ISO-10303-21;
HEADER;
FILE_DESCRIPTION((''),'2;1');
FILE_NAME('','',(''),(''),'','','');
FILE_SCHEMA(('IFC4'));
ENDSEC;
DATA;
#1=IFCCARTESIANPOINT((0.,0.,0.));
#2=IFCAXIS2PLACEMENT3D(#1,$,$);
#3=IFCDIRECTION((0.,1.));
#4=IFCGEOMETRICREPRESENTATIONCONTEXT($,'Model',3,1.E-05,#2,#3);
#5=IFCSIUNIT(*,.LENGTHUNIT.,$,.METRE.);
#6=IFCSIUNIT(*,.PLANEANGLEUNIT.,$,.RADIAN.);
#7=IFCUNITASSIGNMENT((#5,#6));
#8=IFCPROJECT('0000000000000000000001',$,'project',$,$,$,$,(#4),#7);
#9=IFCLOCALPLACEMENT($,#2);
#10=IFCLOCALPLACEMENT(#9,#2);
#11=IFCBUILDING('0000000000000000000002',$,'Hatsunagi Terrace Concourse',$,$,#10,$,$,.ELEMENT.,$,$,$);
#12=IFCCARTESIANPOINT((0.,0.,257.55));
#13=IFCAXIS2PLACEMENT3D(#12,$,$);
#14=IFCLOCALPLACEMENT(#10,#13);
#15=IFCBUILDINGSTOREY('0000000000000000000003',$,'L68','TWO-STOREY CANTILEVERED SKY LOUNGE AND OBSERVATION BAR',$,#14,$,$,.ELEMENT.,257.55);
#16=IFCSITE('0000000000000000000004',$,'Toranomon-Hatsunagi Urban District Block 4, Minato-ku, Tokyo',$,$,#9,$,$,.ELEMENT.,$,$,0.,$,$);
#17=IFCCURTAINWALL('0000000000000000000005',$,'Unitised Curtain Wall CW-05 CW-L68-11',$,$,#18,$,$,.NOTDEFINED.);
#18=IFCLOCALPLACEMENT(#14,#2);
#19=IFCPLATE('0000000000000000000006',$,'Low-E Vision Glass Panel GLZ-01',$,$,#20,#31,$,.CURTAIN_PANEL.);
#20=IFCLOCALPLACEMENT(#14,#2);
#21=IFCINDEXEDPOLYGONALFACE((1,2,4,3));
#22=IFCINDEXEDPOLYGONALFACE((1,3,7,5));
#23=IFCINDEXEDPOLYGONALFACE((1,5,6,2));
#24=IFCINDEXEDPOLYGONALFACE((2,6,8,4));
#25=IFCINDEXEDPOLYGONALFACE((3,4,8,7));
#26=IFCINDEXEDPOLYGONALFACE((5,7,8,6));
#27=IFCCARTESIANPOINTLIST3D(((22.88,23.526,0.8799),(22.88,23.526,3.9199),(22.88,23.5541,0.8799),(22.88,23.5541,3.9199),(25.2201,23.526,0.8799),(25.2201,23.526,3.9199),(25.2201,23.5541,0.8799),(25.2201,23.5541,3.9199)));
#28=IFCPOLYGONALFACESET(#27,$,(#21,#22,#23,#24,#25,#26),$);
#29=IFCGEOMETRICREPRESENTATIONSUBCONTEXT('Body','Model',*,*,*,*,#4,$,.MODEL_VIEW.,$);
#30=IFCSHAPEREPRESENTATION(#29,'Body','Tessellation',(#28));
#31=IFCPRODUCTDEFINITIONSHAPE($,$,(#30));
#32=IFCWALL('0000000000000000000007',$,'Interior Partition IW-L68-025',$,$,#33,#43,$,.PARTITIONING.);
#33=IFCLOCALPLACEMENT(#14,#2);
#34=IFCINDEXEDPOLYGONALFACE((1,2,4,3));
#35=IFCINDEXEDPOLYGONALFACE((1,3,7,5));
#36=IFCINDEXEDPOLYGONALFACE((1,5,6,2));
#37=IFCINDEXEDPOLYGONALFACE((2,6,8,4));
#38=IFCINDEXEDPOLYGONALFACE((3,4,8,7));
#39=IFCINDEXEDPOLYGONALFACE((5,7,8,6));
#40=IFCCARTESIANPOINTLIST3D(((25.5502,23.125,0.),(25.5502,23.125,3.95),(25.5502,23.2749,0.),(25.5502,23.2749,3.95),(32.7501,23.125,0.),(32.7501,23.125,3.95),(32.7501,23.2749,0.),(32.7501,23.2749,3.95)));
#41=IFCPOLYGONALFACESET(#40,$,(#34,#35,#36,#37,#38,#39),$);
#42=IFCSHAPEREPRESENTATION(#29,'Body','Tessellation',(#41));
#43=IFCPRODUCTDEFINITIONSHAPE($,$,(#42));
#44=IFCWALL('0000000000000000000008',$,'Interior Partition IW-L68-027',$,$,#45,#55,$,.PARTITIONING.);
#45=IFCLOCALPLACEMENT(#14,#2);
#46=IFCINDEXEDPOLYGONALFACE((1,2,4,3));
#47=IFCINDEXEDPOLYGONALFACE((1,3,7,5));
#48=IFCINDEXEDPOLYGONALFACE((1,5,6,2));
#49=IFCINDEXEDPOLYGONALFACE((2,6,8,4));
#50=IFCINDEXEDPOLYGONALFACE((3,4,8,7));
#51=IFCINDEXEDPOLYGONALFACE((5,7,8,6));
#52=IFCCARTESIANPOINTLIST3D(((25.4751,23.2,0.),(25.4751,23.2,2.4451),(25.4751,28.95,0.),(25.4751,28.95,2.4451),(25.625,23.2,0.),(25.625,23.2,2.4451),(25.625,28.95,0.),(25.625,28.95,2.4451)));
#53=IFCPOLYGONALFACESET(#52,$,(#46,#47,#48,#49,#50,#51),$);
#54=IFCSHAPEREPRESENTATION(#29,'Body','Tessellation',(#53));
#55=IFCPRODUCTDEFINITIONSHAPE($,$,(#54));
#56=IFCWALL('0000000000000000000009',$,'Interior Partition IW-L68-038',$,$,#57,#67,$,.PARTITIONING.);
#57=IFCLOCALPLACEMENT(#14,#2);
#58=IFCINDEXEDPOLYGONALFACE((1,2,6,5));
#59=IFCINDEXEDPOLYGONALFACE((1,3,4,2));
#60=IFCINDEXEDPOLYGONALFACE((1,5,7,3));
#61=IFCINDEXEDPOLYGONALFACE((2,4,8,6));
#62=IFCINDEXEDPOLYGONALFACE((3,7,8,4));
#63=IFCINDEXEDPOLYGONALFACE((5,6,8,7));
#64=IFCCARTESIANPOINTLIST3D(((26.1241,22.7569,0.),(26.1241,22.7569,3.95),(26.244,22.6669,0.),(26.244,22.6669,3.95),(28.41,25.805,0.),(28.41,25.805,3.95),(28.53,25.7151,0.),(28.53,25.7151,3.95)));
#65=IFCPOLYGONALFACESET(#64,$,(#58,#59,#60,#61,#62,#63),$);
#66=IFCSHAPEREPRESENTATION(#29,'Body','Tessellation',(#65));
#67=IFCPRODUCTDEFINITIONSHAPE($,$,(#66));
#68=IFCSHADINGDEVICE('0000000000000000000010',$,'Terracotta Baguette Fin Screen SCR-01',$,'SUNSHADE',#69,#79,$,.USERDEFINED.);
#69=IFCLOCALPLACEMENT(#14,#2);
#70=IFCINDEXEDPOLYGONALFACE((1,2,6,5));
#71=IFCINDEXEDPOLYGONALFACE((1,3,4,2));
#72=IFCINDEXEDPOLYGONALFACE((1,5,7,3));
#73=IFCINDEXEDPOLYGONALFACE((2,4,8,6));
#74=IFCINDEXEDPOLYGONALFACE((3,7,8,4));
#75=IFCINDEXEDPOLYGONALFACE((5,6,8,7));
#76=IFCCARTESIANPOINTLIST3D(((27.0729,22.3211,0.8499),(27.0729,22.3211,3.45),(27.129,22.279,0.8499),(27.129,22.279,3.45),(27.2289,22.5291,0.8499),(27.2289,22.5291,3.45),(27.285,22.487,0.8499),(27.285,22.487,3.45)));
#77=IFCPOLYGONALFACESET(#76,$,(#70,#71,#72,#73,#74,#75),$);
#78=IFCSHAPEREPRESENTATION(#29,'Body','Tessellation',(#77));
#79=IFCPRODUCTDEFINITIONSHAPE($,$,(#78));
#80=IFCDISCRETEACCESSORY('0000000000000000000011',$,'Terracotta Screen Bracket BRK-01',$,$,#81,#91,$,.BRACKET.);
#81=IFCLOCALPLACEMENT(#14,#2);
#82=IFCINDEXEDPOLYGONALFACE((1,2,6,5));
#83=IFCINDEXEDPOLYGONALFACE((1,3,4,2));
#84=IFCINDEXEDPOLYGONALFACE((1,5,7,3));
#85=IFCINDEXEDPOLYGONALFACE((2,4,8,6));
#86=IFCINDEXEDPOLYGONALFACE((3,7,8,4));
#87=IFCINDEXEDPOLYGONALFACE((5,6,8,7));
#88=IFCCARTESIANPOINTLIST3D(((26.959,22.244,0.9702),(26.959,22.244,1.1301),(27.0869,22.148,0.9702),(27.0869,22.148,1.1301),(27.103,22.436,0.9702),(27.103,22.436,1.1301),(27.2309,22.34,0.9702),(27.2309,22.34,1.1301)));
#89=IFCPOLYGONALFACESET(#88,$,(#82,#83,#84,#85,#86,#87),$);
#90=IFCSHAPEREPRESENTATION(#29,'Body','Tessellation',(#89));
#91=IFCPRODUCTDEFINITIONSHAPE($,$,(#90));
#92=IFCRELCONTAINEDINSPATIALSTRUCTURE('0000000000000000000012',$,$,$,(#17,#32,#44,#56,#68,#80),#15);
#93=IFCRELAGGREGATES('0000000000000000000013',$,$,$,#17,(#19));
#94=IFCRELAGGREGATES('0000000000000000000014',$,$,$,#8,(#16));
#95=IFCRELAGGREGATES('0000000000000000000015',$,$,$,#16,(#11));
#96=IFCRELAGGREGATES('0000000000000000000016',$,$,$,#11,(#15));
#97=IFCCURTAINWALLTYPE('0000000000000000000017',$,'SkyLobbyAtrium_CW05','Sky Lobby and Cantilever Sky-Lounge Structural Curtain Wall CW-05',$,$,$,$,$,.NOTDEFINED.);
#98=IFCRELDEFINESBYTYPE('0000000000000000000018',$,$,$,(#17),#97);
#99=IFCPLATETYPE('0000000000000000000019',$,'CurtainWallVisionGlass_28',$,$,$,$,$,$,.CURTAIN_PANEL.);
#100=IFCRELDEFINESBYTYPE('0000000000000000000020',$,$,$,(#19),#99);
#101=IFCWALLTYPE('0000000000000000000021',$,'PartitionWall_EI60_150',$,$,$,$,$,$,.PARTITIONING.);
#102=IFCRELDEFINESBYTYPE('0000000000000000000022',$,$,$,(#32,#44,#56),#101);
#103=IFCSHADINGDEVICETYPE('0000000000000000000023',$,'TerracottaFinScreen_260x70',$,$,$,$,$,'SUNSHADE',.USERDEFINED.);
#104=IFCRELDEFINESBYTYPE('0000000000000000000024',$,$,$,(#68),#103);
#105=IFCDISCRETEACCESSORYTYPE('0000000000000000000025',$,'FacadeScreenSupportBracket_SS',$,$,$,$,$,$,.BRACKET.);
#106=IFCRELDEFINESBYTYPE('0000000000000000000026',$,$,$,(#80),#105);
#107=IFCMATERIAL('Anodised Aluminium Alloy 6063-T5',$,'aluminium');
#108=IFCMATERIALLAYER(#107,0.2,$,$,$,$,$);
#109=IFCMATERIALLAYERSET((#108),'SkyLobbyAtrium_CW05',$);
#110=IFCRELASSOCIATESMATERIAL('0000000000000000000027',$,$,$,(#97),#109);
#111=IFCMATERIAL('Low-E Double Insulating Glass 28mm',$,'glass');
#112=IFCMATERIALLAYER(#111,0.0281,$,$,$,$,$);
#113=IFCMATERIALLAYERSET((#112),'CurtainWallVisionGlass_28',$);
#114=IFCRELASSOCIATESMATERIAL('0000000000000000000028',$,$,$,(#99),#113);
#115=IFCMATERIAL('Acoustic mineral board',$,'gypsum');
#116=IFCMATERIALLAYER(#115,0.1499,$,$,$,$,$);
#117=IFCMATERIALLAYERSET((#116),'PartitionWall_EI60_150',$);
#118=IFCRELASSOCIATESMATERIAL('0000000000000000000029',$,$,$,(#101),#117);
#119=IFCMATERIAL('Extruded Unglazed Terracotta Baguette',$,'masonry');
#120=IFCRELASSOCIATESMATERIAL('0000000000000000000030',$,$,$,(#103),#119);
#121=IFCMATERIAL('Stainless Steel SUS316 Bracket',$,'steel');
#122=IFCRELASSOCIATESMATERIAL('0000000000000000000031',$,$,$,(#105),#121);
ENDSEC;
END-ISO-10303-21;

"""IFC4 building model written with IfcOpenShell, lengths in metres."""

from ifc_helpers import new_model, si_unit, direction, frame, frame_2d, origin, origin_2d, place, context, subcontext, project, spatial, rectangle, extrude, material, layer, layer_set, type_object, element, aggregate, save


model = new_model("IFC4")

# Units and contexts
model_context = context("Model", 3, precision=1e-05, world=origin(), true_north=direction((0.0, 1.0)))
body_context = subcontext(model_context, "Body", "Model", "MODEL_VIEW")
ifc_project = project(units=[si_unit("LENGTHUNIT", "METRE"), si_unit("PLANEANGLEUNIT", "RADIAN")], contexts=[model_context])

# Site, building, storey
site_placement = place(None, origin())
site = spatial("IfcSite", under=ifc_project, at=site_placement, Name="Toranomon-Hatsunagi Urban District Block 4, Minato-ku, Tokyo", CompositionType="ELEMENT", RefElevation=0.0)
building_placement = place(site_placement, origin())
building = spatial("IfcBuilding", under=site, at=building_placement, Name="Hatsunagi Terrace Concourse", CompositionType="ELEMENT")
storey_placement = place(building_placement, frame((0.0, 0.0, 257.55)))
storey = spatial("IfcBuildingStorey", under=building, at=storey_placement, Name="L68", Description="TWO-STOREY CANTILEVERED SKY LOUNGE AND OBSERVATION BAR", CompositionType="ELEMENT", Elevation=257.55)

# Curtain wall
ifc_material_1 = material(Name="Anodised Aluminium Alloy 6063-T5", Category="aluminium")
ifc_layer_1 = layer(ifc_material_1, 0.2)
ifc_layer_set_1 = layer_set([ifc_layer_1], Name="SkyLobbyAtrium_CW05")
curtain_wall_type = type_object("IfcCurtainWallType", Name="SkyLobbyAtrium_CW05", Description="Sky Lobby and Cantilever Sky-Lounge Structural Curtain Wall CW-05", PredefinedType="NOTDEFINED", material=ifc_layer_set_1)
curtain_wall_1_placement = place(storey_placement, origin())
curtain_wall_1 = element("IfcCurtainWall", 1, at=curtain_wall_1_placement, inside=storey, type_object=curtain_wall_type, Name="Unitised Curtain Wall CW-05 CW-L68-11", PredefinedType="NOTDEFINED")

# Plate
ifc_material_2 = material(Name="Low-E Double Insulating Glass 28mm", Category="glass")
ifc_layer_2 = layer(ifc_material_2, 0.0281)
ifc_layer_set_2 = layer_set([ifc_layer_2], Name="CurtainWallVisionGlass_28")
plate_type_1 = type_object("IfcPlateType", Name="CurtainWallVisionGlass_28", PredefinedType="CURTAIN_PANEL", material=ifc_layer_set_2)
plate_1_placement = place(storey_placement, frame((24.05, 23.54, 0.8799), z_axis=(0.0, 0.0, 1.0), x_axis=(-1.0, 0.0, 0.0)))
plate_1 = element("IfcPlate", 2, at=plate_1_placement, type_object=plate_type_1, Name="Low-E Vision Glass Panel GLZ-01", PredefinedType="CURTAIN_PANEL", context=body_context, shape_type="SweptSolid", body=[
    extrude(rectangle(XDim=2.3401, YDim=0.0281, at=origin_2d()), origin(), (0.0, 0.0, 1.0), 3.04),
])
aggregate(curtain_wall_1, [plate_1])

# Walls
ifc_material_3 = material(Name="Acoustic mineral board", Category="gypsum")
ifc_layer_3 = layer(ifc_material_3, 0.1499)
ifc_layer_set_3 = layer_set([ifc_layer_3], Name="PartitionWall_EI60_150")
wall_type = type_object("IfcWallType", Name="PartitionWall_EI60_150", PredefinedType="PARTITIONING", material=ifc_layer_set_3)
wall_1_placement = place(storey_placement, frame((25.55, 23.2, 0.0), z_axis=(0.0, 0.0, 1.0), x_axis=(1.0, 0.0, 0.0)))
element("IfcWall", 3, at=wall_1_placement, inside=storey, type_object=wall_type, Name="Interior Partition IW-L68-025", PredefinedType="PARTITIONING", context=body_context, shape_type="SweptSolid", body=[
    extrude(rectangle(XDim=7.2, YDim=0.1499, at=frame_2d((3.6001, 0.0))), origin(), (0.0, 0.0, 1.0), 3.95),
])
wall_2_placement = place(storey_placement, frame((25.55, 23.2, 0.0), z_axis=(0.0, 0.0, 1.0), x_axis=(0.0, 1.0, 0.0)))
element("IfcWall", 4, at=wall_2_placement, inside=storey, type_object=wall_type, Name="Interior Partition IW-L68-027", PredefinedType="PARTITIONING", context=body_context, shape_type="SweptSolid", body=[
    extrude(rectangle(XDim=5.75, YDim=0.1499, at=frame_2d((2.875, 0.0))), origin(), (0.0, 0.0, 1.0), 2.4451),
])
wall_3_placement = place(storey_placement, frame((26.1841, 22.7119, 0.0), z_axis=(0.0, 0.0, 1.0), x_axis=(0.599969, 0.800023, 0.0)))
element("IfcWall", 5, at=wall_3_placement, inside=storey, type_object=wall_type, Name="Interior Partition IW-L68-038", PredefinedType="PARTITIONING", context=body_context, shape_type="SweptSolid", body=[
    extrude(rectangle(XDim=3.8101, YDim=0.1499, at=frame_2d((1.905, 0.0))), origin(), (0.0, 0.0, 1.0), 3.95),
])

# Shading device
ifc_material_4 = material(Name="Extruded Unglazed Terracotta Baguette", Category="masonry")
shading_device_type = type_object("IfcShadingDeviceType", Name="TerracottaFinScreen_260x70", ElementType="SUNSHADE", PredefinedType="USERDEFINED", material=ifc_material_4)
shading_device_placement = place(storey_placement, frame((27.179, 22.4041, 0.8499), z_axis=(0.0, 0.0, 1.0), x_axis=(-0.800007, 0.59999, 0.0)))
element("IfcShadingDevice", 6, at=shading_device_placement, inside=storey, type_object=shading_device_type, Name="Terracotta Baguette Fin Screen SCR-01", ObjectType="SUNSHADE", PredefinedType="USERDEFINED", context=body_context, shape_type="SweptSolid", body=[
    extrude(rectangle(XDim=0.0701, YDim=0.26, at=origin_2d()), origin(), (0.0, 0.0, 1.0), 2.6001),
])

# Discrete accessory
ifc_material_5 = material(Name="Stainless Steel SUS316 Bracket", Category="steel")
discrete_accessory_type = type_object("IfcDiscreteAccessoryType", Name="FacadeScreenSupportBracket_SS", PredefinedType="BRACKET", material=ifc_material_5)
discrete_accessory_placement = place(storey_placement, frame((27.095, 22.292, 0.9702), z_axis=(0.0, 0.0, 1.0), x_axis=(-0.800007, 0.59999, 0.0)))
element("IfcDiscreteAccessory", 7, at=discrete_accessory_placement, inside=storey, type_object=discrete_accessory_type, Name="Terracotta Screen Bracket BRK-01", PredefinedType="BRACKET", context=body_context, shape_type="SweptSolid", body=[
    extrude(rectangle(XDim=0.1599, YDim=0.24, at=origin_2d()), origin(), (0.0, 0.0, 1.0), 0.1599),
])

save(model, "model.ifc")
